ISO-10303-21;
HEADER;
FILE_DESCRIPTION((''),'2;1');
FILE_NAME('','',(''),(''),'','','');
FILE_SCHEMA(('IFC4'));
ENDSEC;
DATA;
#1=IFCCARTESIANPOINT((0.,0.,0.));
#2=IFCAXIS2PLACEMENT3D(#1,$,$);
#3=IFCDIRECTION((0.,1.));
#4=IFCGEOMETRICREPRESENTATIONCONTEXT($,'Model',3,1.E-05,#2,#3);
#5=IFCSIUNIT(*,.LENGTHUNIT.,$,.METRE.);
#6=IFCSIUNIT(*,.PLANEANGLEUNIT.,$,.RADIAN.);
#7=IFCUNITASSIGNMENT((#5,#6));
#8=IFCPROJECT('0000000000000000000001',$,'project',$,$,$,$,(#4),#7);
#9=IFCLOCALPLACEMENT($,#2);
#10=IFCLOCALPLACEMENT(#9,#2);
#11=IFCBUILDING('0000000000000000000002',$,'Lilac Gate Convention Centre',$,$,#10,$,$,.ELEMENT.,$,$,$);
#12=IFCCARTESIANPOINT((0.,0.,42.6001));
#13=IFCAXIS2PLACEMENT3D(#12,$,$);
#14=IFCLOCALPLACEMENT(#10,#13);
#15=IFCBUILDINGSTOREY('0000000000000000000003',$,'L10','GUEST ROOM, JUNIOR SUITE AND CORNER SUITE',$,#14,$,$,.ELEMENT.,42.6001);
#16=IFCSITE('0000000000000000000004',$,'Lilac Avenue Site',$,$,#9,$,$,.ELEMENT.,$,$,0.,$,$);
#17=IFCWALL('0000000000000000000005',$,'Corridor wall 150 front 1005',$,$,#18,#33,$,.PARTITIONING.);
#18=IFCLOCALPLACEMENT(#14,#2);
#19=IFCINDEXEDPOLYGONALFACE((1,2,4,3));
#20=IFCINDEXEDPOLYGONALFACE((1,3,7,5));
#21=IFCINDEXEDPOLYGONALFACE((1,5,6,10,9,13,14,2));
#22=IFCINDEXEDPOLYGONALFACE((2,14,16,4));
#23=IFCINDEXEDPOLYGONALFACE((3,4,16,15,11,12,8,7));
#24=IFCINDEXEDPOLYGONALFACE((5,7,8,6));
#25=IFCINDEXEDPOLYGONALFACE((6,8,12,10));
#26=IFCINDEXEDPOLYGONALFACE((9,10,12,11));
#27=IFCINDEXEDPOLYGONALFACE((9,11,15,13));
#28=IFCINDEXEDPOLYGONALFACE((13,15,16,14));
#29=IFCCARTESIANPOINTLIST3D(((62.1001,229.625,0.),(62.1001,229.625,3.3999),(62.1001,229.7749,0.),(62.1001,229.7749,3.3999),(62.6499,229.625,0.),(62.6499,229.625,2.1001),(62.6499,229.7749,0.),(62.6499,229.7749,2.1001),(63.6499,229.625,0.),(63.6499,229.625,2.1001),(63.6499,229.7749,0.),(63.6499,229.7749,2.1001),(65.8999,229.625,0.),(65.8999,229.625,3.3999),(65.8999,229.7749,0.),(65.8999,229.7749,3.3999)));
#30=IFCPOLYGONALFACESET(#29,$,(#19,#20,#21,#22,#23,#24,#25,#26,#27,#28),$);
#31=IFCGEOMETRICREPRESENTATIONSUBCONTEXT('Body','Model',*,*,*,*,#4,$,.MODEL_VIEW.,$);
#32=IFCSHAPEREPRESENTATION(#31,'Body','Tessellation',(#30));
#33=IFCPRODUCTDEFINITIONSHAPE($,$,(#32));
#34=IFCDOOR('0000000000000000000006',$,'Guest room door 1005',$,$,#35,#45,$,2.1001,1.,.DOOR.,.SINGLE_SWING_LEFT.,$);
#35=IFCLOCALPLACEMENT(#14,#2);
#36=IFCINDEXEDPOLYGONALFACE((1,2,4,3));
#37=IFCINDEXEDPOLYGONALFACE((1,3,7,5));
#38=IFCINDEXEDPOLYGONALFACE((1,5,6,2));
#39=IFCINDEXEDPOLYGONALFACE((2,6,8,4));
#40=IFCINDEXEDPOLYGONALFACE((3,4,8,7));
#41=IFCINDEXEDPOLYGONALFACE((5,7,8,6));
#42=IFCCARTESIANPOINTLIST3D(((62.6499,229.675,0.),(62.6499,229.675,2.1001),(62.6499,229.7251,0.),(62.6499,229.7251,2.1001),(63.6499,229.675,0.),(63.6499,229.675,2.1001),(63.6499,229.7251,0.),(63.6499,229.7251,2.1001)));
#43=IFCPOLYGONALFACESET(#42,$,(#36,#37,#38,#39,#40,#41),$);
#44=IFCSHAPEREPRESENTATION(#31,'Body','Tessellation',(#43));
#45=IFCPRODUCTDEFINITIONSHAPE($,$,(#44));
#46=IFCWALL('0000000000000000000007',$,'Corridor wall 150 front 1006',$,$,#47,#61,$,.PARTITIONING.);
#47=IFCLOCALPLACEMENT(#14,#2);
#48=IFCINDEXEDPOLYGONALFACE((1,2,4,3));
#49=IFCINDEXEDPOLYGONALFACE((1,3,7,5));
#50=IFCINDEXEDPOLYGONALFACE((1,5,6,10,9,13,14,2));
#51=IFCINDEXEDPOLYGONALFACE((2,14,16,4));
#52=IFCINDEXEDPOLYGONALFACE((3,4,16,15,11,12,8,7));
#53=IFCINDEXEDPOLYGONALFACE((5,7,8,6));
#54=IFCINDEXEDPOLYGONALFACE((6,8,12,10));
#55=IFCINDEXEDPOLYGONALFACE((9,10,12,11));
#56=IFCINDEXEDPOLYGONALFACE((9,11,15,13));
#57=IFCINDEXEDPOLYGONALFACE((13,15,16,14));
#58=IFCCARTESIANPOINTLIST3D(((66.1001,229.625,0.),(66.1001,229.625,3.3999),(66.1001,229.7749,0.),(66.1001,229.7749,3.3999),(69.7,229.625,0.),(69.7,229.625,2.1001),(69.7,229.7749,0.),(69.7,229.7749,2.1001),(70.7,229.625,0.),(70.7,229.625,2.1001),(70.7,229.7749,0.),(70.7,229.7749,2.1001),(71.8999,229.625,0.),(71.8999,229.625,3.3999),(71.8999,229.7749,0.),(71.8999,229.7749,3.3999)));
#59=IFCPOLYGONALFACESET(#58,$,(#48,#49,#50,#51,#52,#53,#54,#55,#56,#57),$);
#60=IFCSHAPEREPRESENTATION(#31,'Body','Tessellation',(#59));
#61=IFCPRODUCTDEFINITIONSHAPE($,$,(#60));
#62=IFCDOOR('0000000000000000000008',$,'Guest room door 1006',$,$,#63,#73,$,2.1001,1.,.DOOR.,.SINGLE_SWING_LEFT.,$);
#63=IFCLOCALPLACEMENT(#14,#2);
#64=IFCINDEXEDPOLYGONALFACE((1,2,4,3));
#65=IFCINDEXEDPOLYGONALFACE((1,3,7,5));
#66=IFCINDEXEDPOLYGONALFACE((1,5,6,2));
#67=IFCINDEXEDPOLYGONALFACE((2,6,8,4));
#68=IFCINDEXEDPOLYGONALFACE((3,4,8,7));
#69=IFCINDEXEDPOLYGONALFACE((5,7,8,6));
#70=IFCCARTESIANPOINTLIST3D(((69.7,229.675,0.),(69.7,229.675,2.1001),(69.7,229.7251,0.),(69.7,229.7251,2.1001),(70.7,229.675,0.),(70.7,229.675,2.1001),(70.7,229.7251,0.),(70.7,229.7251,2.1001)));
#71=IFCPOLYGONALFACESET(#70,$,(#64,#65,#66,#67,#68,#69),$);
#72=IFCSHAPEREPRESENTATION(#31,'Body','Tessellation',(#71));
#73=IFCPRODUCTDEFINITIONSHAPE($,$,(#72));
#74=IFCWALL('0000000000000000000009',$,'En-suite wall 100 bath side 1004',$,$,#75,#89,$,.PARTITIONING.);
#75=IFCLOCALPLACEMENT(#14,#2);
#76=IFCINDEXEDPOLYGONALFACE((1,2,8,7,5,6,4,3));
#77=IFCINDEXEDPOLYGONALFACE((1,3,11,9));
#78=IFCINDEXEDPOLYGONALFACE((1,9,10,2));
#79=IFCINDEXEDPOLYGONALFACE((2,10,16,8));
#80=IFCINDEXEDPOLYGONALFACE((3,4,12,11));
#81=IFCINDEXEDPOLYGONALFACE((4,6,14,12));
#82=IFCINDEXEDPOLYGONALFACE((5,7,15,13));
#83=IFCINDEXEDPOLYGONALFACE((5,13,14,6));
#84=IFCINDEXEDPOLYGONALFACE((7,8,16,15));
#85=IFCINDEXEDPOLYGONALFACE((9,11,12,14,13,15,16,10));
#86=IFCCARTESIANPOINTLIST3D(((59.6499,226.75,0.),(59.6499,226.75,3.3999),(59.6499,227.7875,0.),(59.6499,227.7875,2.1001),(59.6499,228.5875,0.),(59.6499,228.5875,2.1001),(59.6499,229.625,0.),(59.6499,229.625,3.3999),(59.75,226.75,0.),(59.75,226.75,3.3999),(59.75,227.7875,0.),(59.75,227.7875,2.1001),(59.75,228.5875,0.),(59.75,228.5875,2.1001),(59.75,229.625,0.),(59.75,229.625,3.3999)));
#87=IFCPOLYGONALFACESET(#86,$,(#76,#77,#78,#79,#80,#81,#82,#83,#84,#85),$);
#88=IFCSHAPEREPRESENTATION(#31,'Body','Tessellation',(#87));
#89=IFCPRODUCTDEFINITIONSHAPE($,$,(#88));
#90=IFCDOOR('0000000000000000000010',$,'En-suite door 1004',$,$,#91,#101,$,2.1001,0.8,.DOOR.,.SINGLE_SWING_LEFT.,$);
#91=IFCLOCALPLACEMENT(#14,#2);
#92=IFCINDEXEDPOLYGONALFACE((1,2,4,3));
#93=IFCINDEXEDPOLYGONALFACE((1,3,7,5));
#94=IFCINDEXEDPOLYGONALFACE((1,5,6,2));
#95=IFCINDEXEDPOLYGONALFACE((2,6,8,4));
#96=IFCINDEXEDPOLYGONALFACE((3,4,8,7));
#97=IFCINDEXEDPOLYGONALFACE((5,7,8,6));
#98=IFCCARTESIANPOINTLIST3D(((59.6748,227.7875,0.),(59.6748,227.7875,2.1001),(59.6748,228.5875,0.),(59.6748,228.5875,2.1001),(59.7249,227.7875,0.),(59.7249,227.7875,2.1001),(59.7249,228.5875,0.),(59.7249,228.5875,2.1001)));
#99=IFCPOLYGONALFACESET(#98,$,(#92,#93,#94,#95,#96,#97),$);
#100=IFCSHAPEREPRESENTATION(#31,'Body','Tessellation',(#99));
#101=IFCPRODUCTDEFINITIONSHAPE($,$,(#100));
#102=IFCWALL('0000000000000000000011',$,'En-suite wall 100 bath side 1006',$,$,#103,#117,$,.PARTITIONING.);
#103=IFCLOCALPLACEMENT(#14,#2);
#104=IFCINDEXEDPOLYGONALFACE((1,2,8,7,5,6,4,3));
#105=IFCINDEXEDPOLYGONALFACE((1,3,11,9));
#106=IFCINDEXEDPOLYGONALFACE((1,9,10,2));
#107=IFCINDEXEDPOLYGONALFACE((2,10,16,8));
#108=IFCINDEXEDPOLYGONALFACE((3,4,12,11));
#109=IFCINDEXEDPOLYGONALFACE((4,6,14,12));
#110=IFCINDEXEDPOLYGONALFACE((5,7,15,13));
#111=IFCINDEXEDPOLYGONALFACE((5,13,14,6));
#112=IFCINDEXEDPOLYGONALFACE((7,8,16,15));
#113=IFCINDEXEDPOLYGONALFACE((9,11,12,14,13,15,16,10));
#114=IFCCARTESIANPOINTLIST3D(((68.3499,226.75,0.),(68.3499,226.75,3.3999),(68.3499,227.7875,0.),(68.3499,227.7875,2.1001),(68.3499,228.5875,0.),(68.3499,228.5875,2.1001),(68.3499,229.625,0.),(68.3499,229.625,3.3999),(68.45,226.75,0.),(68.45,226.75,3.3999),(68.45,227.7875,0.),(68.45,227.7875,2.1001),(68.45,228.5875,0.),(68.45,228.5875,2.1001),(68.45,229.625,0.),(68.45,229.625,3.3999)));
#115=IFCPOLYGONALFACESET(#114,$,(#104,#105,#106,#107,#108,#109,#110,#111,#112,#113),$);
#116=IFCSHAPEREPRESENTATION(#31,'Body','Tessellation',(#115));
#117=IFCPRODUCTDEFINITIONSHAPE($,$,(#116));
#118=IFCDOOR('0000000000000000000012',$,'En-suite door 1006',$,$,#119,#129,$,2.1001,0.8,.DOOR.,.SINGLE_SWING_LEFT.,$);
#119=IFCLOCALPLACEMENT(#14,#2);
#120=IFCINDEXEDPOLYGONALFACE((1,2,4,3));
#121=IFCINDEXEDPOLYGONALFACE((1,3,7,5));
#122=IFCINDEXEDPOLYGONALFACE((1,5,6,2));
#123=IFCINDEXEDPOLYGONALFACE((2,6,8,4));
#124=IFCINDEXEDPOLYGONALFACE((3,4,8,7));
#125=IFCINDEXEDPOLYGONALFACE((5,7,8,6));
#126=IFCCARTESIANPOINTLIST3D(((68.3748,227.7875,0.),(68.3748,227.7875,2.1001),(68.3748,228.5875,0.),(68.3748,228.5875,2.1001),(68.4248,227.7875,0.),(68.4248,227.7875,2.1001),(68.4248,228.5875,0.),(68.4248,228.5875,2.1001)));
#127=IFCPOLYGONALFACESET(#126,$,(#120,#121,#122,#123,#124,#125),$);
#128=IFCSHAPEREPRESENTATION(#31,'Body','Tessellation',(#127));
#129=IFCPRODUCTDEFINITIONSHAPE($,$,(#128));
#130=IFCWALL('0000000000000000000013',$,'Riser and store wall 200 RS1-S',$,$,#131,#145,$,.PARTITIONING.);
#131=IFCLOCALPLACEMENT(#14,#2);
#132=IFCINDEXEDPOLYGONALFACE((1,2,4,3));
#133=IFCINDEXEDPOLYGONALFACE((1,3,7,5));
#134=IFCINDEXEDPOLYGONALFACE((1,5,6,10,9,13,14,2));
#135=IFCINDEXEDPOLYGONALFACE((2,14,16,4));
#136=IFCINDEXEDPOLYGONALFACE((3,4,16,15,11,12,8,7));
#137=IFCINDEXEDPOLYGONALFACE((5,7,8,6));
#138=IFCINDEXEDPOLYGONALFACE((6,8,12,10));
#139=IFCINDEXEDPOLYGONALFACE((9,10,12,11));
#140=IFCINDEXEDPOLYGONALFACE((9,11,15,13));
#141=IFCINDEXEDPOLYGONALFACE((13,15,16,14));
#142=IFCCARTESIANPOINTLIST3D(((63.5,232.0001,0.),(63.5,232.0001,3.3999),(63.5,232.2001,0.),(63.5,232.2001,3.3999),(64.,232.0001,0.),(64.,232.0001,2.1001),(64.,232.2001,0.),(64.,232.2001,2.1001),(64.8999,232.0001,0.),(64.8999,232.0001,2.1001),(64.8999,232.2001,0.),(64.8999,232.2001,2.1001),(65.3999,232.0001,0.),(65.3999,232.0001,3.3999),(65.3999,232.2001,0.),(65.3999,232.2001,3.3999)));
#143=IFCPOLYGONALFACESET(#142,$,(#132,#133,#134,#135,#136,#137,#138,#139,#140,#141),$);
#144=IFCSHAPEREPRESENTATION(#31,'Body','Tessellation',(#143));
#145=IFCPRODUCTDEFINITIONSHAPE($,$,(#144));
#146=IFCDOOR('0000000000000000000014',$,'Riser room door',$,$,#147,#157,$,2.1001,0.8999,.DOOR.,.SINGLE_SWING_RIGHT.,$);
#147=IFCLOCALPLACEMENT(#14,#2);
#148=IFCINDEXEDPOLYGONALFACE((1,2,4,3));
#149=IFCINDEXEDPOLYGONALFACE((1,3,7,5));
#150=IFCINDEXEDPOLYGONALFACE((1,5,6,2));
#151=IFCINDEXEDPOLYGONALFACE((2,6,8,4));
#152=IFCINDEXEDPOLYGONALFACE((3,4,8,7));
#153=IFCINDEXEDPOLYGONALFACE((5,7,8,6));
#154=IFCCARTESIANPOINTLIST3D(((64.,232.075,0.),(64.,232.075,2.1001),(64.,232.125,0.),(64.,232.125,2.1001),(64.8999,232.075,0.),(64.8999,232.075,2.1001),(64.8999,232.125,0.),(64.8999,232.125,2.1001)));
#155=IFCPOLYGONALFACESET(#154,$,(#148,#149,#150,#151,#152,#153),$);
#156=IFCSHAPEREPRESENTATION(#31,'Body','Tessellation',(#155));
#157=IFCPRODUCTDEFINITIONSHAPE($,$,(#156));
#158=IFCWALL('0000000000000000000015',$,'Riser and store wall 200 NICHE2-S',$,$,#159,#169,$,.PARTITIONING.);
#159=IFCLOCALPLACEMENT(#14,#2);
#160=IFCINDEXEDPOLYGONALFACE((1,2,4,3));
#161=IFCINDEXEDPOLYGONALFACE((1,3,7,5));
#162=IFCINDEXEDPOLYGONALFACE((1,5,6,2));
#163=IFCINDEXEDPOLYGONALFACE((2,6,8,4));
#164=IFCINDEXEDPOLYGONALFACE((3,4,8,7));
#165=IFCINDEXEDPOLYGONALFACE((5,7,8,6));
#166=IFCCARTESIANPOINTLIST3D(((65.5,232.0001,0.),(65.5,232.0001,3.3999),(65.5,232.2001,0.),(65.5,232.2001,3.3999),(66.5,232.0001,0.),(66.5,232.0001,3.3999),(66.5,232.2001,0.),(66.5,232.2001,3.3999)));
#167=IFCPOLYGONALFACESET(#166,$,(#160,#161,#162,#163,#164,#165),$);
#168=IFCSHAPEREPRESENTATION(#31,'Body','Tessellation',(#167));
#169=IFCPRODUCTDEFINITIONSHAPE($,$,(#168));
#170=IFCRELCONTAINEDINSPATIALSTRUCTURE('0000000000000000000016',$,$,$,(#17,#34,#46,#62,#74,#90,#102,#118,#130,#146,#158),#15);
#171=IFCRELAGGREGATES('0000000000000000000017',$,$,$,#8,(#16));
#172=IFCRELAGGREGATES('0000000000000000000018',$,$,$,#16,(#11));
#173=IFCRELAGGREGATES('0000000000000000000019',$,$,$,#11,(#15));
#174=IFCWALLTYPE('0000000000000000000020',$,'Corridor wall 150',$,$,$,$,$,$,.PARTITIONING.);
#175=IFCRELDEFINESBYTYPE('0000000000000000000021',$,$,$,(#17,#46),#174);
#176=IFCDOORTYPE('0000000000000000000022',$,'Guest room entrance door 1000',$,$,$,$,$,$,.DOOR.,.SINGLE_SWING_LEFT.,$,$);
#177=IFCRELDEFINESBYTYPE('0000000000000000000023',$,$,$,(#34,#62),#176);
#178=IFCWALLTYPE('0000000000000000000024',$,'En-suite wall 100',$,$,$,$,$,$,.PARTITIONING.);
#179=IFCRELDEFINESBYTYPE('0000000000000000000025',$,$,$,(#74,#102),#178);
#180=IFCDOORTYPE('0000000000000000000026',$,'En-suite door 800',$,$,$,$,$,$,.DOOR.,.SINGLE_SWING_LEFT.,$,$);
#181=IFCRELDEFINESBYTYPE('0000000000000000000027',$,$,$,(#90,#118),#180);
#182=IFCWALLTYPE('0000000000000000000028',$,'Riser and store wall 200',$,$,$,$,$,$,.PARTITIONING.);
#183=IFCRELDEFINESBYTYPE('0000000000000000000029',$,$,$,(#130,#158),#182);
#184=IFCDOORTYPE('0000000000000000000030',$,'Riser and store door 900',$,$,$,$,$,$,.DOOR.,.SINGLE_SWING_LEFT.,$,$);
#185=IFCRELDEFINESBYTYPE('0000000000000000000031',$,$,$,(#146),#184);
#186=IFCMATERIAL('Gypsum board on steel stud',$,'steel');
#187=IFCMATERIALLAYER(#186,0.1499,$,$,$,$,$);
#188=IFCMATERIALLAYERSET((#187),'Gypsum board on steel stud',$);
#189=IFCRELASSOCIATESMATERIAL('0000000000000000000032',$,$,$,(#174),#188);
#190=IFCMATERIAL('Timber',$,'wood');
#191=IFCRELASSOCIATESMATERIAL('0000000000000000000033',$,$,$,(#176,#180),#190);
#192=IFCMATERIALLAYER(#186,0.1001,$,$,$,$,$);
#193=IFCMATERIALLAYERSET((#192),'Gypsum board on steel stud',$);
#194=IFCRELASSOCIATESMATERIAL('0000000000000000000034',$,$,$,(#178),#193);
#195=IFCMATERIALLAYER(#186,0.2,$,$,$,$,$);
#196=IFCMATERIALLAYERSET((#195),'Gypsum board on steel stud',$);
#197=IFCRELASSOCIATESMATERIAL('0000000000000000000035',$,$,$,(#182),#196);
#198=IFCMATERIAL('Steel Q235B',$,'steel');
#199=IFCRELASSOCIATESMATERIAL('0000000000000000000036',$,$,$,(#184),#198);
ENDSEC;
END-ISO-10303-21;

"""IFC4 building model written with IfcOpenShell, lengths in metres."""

from ifc_helpers import new_model, si_unit, direction, frame, frame_2d, origin, place, context, subcontext, project, spatial, rectangle, extrude, material, layer, layer_set, type_object, element, fill, save


model = new_model("IFC4")

# Units and contexts
model_context = context("Model", 3, precision=1e-05, world=origin(), true_north=direction((0.0, 1.0)))
body_context = subcontext(model_context, "Body", "Model", "MODEL_VIEW")
ifc_project = project(units=[si_unit("LENGTHUNIT", "METRE"), si_unit("PLANEANGLEUNIT", "RADIAN")], contexts=[model_context])

# Site, building, storey
site_placement = place(None, origin())
site = spatial("IfcSite", under=ifc_project, at=site_placement, Name="Lilac Avenue Site", CompositionType="ELEMENT", RefElevation=0.0)
building_placement = place(site_placement, origin())
building = spatial("IfcBuilding", under=site, at=building_placement, Name="Lilac Gate Convention Centre", CompositionType="ELEMENT")
storey_placement = place(building_placement, frame((0.0, 0.0, 42.6001)))
storey = spatial("IfcBuildingStorey", under=building, at=storey_placement, Name="L10", Description="GUEST ROOM, JUNIOR SUITE AND CORNER SUITE", CompositionType="ELEMENT", Elevation=42.6001)

# Walls, openings, doors
ifc_material_1 = material(Name="Gypsum board on steel stud", Category="steel")
ifc_layer_1 = layer(ifc_material_1, 0.1499)
ifc_layer_set_1 = layer_set([ifc_layer_1], Name="Gypsum board on steel stud")
wall_type_1 = type_object("IfcWallType", Name="Corridor wall 150", PredefinedType="PARTITIONING", material=ifc_layer_set_1)
ifc_material_2 = material(Name="Timber", Category="wood")
door_type_1 = type_object("IfcDoorType", Name="Guest room entrance door 1000", OperationType="SINGLE_SWING_LEFT", PredefinedType="DOOR", material=ifc_material_2)
wall_1_placement = place(storey_placement, frame((65.8999, 229.7, 0.0), z_axis=(0.0, 0.0, 1.0), x_axis=(-1.0, 0.0, 0.0)))
wall_1 = element("IfcWall", 1, at=wall_1_placement, inside=storey, type_object=wall_type_1, Name="Corridor wall 150 front 1005", PredefinedType="PARTITIONING", context=body_context, shape_type="SweptSolid", body=[
    extrude(rectangle(XDim=3.7998, YDim=0.1499, at=frame_2d((1.8999, 0.0))), origin(), (0.0, 0.0, 1.0), 3.3999),
])
opening_1_placement = place(wall_1_placement, frame((2.25, 0.0, 0.0)))
opening_1 = element("IfcOpeningElement", 2, at=opening_1_placement, cuts=wall_1, PredefinedType="OPENING", context=body_context, shape_type="SweptSolid", body=[
    extrude(rectangle(XDim=1.0, YDim=2.1001, at=frame_2d((0.5, 1.05))), frame((0.0, 0.085, 0.0), z_axis=(0.0, -1.0, 0.0), x_axis=(1.0, 0.0, 0.0)), (0.0, 0.0, 1.0), 0.1699),
])
door_1_placement = place(opening_1_placement, origin())
door_1 = element("IfcDoor", 3, at=door_1_placement, inside=storey, type_object=door_type_1, Name="Guest room door 1005", OperationType="SINGLE_SWING_LEFT", OverallHeight=2.1001, OverallWidth=1.0, PredefinedType="DOOR", context=body_context, shape_type="SweptSolid", body=[
    extrude(rectangle(XDim=1.0, YDim=2.1001, at=frame_2d((0.5, 1.05))), frame((0.0, 0.0249, 0.0), z_axis=(0.0, -1.0, 0.0), x_axis=(1.0, 0.0, 0.0)), (0.0, 0.0, 1.0), 0.05),
])
fill(opening_1, door_1)
wall_2_placement = place(storey_placement, frame((71.8999, 229.7, 0.0), z_axis=(0.0, 0.0, 1.0), x_axis=(-1.0, 0.0, 0.0)))
wall_2 = element("IfcWall", 4, at=wall_2_placement, inside=storey, type_object=wall_type_1, Name="Corridor wall 150 front 1006", PredefinedType="PARTITIONING", context=body_context, shape_type="SweptSolid", body=[
    extrude(rectangle(XDim=5.7998, YDim=0.1499, at=frame_2d((2.8999, 0.0))), origin(), (0.0, 0.0, 1.0), 3.3999),
])
opening_2_placement = place(wall_2_placement, frame((1.2, 0.0, 0.0)))
opening_2 = element("IfcOpeningElement", 5, at=opening_2_placement, cuts=wall_2, PredefinedType="OPENING", context=body_context, shape_type="SweptSolid", body=[
    extrude(rectangle(XDim=1.0, YDim=2.1001, at=frame_2d((0.5, 1.05))), frame((0.0, 0.085, 0.0), z_axis=(0.0, -1.0, 0.0), x_axis=(1.0, 0.0, 0.0)), (0.0, 0.0, 1.0), 0.1699),
])
door_2_placement = place(opening_2_placement, origin())
door_2 = element("IfcDoor", 6, at=door_2_placement, inside=storey, type_object=door_type_1, Name="Guest room door 1006", OperationType="SINGLE_SWING_LEFT", OverallHeight=2.1001, OverallWidth=1.0, PredefinedType="DOOR", context=body_context, shape_type="SweptSolid", body=[
    extrude(rectangle(XDim=1.0, YDim=2.1001, at=frame_2d((0.5, 1.05))), frame((0.0, 0.0249, 0.0), z_axis=(0.0, -1.0, 0.0), x_axis=(1.0, 0.0, 0.0)), (0.0, 0.0, 1.0), 0.05),
])
fill(opening_2, door_2)
ifc_layer_2 = layer(ifc_material_1, 0.1001)
ifc_layer_set_2 = layer_set([ifc_layer_2], Name="Gypsum board on steel stud")
wall_type_2 = type_object("IfcWallType", Name="En-suite wall 100", PredefinedType="PARTITIONING", material=ifc_layer_set_2)
wall_3_placement = place(storey_placement, frame((59.7, 229.625, 0.0), z_axis=(0.0, 0.0, 1.0), x_axis=(0.0, -1.0, 0.0)))
wall_3 = element("IfcWall", 7, at=wall_3_placement, inside=storey, type_object=wall_type_2, Name="En-suite wall 100 bath side 1004", PredefinedType="PARTITIONING", context=body_context, shape_type="SweptSolid", body=[
    extrude(rectangle(XDim=2.875, YDim=0.1001, at=frame_2d((1.4375, 0.0))), origin(), (0.0, 0.0, 1.0), 3.3999),
])
opening_3_placement = place(wall_3_placement, frame((1.0376, 0.0, 0.0)))
opening_3 = element("IfcOpeningElement", 8, at=opening_3_placement, cuts=wall_3, PredefinedType="OPENING", context=body_context, shape_type="SweptSolid", body=[
    extrude(rectangle(XDim=0.8, YDim=2.1001, at=frame_2d((0.3999, 1.05))), frame((0.0, 0.0601, 0.0), z_axis=(0.0, -1.0, 0.0), x_axis=(1.0, 0.0, 0.0)), (0.0, 0.0, 1.0), 0.1201),
])
door_type_2 = type_object("IfcDoorType", Name="En-suite door 800", OperationType="SINGLE_SWING_LEFT", PredefinedType="DOOR", material=ifc_material_2)
door_3_placement = place(opening_3_placement, origin())
door_3 = element("IfcDoor", 9, at=door_3_placement, inside=storey, type_object=door_type_2, Name="En-suite door 1004", OperationType="SINGLE_SWING_LEFT", OverallHeight=2.1001, OverallWidth=0.8, PredefinedType="DOOR", context=body_context, shape_type="SweptSolid", body=[
    extrude(rectangle(XDim=0.8, YDim=2.1001, at=frame_2d((0.3999, 1.05))), frame((0.0, 0.0249, 0.0), z_axis=(0.0, -1.0, 0.0), x_axis=(1.0, 0.0, 0.0)), (0.0, 0.0, 1.0), 0.05),
])
fill(opening_3, door_3)
wall_4_placement = place(storey_placement, frame((68.3999, 229.625, 0.0), z_axis=(0.0, 0.0, 1.0), x_axis=(0.0, -1.0, 0.0)))
wall_4 = element("IfcWall", 10, at=wall_4_placement, inside=storey, type_object=wall_type_2, Name="En-suite wall 100 bath side 1006", PredefinedType="PARTITIONING", context=body_context, shape_type="SweptSolid", body=[
    extrude(rectangle(XDim=2.875, YDim=0.1001, at=frame_2d((1.4375, 0.0))), origin(), (0.0, 0.0, 1.0), 3.3999),
])
opening_4_placement = place(wall_4_placement, frame((1.0376, 0.0, 0.0)))
opening_4 = element("IfcOpeningElement", 11, at=opening_4_placement, cuts=wall_4, PredefinedType="OPENING", context=body_context, shape_type="SweptSolid", body=[
    extrude(rectangle(XDim=0.8, YDim=2.1001, at=frame_2d((0.3999, 1.05))), frame((0.0, 0.0601, 0.0), z_axis=(0.0, -1.0, 0.0), x_axis=(1.0, 0.0, 0.0)), (0.0, 0.0, 1.0), 0.1201),
])
door_4_placement = place(opening_4_placement, origin())
door_4 = element("IfcDoor", 12, at=door_4_placement, inside=storey, type_object=door_type_2, Name="En-suite door 1006", OperationType="SINGLE_SWING_LEFT", OverallHeight=2.1001, OverallWidth=0.8, PredefinedType="DOOR", context=body_context, shape_type="SweptSolid", body=[
    extrude(rectangle(XDim=0.8, YDim=2.1001, at=frame_2d((0.3999, 1.05))), frame((0.0, 0.0249, 0.0), z_axis=(0.0, -1.0, 0.0), x_axis=(1.0, 0.0, 0.0)), (0.0, 0.0, 1.0), 0.05),
])
fill(opening_4, door_4)
ifc_layer_3 = layer(ifc_material_1, 0.2)
ifc_layer_set_3 = layer_set([ifc_layer_3], Name="Gypsum board on steel stud")
wall_type_3 = type_object("IfcWallType", Name="Riser and store wall 200", PredefinedType="PARTITIONING", material=ifc_layer_set_3)
wall_5_placement = place(storey_placement, frame((63.5, 232.1001, 0.0), z_axis=(0.0, 0.0, 1.0), x_axis=(1.0, 0.0, 0.0)))
wall_5 = element("IfcWall", 13, at=wall_5_placement, inside=storey, type_object=wall_type_3, Name="Riser and store wall 200 RS1-S", PredefinedType="PARTITIONING", context=body_context, shape_type="SweptSolid", body=[
    extrude(rectangle(XDim=1.8999, YDim=0.2, at=frame_2d((0.95, 0.0))), origin(), (0.0, 0.0, 1.0), 3.3999),
])
opening_5_placement = place(wall_5_placement, frame((0.5, 0.0, 0.0)))
opening_5 = element("IfcOpeningElement", 14, at=opening_5_placement, cuts=wall_5, PredefinedType="OPENING", context=body_context, shape_type="SweptSolid", body=[
    extrude(rectangle(XDim=0.8999, YDim=2.1001, at=frame_2d((0.45, 1.05))), frame((0.0, 0.1099, 0.0), z_axis=(0.0, -1.0, 0.0), x_axis=(1.0, 0.0, 0.0)), (0.0, 0.0, 1.0), 0.22),
])
ifc_material_3 = material(Name="Steel Q235B", Category="steel")
door_type_3 = type_object("IfcDoorType", Name="Riser and store door 900", OperationType="SINGLE_SWING_LEFT", PredefinedType="DOOR", material=ifc_material_3)
door_5_placement = place(opening_5_placement, origin())
door_5 = element("IfcDoor", 15, at=door_5_placement, inside=storey, type_object=door_type_3, Name="Riser room door", OperationType="SINGLE_SWING_RIGHT", OverallHeight=2.1001, OverallWidth=0.8999, PredefinedType="DOOR", context=body_context, shape_type="SweptSolid", body=[
    extrude(rectangle(XDim=0.8999, YDim=2.1001, at=frame_2d((0.45, 1.05))), frame((0.0, 0.0249, 0.0), z_axis=(0.0, -1.0, 0.0), x_axis=(1.0, 0.0, 0.0)), (0.0, 0.0, 1.0), 0.05),
])
fill(opening_5, door_5)

# Wall
wall_6_placement = place(storey_placement, frame((65.5, 232.1001, 0.0), z_axis=(0.0, 0.0, 1.0), x_axis=(1.0, 0.0, 0.0)))
element("IfcWall", 16, at=wall_6_placement, inside=storey, type_object=wall_type_3, Name="Riser and store wall 200 NICHE2-S", PredefinedType="PARTITIONING", context=body_context, shape_type="SweptSolid", body=[
    extrude(rectangle(XDim=1.0, YDim=0.2, at=frame_2d((0.5, 0.0))), origin(), (0.0, 0.0, 1.0), 3.3999),
])

save(model, "model.ifc")
